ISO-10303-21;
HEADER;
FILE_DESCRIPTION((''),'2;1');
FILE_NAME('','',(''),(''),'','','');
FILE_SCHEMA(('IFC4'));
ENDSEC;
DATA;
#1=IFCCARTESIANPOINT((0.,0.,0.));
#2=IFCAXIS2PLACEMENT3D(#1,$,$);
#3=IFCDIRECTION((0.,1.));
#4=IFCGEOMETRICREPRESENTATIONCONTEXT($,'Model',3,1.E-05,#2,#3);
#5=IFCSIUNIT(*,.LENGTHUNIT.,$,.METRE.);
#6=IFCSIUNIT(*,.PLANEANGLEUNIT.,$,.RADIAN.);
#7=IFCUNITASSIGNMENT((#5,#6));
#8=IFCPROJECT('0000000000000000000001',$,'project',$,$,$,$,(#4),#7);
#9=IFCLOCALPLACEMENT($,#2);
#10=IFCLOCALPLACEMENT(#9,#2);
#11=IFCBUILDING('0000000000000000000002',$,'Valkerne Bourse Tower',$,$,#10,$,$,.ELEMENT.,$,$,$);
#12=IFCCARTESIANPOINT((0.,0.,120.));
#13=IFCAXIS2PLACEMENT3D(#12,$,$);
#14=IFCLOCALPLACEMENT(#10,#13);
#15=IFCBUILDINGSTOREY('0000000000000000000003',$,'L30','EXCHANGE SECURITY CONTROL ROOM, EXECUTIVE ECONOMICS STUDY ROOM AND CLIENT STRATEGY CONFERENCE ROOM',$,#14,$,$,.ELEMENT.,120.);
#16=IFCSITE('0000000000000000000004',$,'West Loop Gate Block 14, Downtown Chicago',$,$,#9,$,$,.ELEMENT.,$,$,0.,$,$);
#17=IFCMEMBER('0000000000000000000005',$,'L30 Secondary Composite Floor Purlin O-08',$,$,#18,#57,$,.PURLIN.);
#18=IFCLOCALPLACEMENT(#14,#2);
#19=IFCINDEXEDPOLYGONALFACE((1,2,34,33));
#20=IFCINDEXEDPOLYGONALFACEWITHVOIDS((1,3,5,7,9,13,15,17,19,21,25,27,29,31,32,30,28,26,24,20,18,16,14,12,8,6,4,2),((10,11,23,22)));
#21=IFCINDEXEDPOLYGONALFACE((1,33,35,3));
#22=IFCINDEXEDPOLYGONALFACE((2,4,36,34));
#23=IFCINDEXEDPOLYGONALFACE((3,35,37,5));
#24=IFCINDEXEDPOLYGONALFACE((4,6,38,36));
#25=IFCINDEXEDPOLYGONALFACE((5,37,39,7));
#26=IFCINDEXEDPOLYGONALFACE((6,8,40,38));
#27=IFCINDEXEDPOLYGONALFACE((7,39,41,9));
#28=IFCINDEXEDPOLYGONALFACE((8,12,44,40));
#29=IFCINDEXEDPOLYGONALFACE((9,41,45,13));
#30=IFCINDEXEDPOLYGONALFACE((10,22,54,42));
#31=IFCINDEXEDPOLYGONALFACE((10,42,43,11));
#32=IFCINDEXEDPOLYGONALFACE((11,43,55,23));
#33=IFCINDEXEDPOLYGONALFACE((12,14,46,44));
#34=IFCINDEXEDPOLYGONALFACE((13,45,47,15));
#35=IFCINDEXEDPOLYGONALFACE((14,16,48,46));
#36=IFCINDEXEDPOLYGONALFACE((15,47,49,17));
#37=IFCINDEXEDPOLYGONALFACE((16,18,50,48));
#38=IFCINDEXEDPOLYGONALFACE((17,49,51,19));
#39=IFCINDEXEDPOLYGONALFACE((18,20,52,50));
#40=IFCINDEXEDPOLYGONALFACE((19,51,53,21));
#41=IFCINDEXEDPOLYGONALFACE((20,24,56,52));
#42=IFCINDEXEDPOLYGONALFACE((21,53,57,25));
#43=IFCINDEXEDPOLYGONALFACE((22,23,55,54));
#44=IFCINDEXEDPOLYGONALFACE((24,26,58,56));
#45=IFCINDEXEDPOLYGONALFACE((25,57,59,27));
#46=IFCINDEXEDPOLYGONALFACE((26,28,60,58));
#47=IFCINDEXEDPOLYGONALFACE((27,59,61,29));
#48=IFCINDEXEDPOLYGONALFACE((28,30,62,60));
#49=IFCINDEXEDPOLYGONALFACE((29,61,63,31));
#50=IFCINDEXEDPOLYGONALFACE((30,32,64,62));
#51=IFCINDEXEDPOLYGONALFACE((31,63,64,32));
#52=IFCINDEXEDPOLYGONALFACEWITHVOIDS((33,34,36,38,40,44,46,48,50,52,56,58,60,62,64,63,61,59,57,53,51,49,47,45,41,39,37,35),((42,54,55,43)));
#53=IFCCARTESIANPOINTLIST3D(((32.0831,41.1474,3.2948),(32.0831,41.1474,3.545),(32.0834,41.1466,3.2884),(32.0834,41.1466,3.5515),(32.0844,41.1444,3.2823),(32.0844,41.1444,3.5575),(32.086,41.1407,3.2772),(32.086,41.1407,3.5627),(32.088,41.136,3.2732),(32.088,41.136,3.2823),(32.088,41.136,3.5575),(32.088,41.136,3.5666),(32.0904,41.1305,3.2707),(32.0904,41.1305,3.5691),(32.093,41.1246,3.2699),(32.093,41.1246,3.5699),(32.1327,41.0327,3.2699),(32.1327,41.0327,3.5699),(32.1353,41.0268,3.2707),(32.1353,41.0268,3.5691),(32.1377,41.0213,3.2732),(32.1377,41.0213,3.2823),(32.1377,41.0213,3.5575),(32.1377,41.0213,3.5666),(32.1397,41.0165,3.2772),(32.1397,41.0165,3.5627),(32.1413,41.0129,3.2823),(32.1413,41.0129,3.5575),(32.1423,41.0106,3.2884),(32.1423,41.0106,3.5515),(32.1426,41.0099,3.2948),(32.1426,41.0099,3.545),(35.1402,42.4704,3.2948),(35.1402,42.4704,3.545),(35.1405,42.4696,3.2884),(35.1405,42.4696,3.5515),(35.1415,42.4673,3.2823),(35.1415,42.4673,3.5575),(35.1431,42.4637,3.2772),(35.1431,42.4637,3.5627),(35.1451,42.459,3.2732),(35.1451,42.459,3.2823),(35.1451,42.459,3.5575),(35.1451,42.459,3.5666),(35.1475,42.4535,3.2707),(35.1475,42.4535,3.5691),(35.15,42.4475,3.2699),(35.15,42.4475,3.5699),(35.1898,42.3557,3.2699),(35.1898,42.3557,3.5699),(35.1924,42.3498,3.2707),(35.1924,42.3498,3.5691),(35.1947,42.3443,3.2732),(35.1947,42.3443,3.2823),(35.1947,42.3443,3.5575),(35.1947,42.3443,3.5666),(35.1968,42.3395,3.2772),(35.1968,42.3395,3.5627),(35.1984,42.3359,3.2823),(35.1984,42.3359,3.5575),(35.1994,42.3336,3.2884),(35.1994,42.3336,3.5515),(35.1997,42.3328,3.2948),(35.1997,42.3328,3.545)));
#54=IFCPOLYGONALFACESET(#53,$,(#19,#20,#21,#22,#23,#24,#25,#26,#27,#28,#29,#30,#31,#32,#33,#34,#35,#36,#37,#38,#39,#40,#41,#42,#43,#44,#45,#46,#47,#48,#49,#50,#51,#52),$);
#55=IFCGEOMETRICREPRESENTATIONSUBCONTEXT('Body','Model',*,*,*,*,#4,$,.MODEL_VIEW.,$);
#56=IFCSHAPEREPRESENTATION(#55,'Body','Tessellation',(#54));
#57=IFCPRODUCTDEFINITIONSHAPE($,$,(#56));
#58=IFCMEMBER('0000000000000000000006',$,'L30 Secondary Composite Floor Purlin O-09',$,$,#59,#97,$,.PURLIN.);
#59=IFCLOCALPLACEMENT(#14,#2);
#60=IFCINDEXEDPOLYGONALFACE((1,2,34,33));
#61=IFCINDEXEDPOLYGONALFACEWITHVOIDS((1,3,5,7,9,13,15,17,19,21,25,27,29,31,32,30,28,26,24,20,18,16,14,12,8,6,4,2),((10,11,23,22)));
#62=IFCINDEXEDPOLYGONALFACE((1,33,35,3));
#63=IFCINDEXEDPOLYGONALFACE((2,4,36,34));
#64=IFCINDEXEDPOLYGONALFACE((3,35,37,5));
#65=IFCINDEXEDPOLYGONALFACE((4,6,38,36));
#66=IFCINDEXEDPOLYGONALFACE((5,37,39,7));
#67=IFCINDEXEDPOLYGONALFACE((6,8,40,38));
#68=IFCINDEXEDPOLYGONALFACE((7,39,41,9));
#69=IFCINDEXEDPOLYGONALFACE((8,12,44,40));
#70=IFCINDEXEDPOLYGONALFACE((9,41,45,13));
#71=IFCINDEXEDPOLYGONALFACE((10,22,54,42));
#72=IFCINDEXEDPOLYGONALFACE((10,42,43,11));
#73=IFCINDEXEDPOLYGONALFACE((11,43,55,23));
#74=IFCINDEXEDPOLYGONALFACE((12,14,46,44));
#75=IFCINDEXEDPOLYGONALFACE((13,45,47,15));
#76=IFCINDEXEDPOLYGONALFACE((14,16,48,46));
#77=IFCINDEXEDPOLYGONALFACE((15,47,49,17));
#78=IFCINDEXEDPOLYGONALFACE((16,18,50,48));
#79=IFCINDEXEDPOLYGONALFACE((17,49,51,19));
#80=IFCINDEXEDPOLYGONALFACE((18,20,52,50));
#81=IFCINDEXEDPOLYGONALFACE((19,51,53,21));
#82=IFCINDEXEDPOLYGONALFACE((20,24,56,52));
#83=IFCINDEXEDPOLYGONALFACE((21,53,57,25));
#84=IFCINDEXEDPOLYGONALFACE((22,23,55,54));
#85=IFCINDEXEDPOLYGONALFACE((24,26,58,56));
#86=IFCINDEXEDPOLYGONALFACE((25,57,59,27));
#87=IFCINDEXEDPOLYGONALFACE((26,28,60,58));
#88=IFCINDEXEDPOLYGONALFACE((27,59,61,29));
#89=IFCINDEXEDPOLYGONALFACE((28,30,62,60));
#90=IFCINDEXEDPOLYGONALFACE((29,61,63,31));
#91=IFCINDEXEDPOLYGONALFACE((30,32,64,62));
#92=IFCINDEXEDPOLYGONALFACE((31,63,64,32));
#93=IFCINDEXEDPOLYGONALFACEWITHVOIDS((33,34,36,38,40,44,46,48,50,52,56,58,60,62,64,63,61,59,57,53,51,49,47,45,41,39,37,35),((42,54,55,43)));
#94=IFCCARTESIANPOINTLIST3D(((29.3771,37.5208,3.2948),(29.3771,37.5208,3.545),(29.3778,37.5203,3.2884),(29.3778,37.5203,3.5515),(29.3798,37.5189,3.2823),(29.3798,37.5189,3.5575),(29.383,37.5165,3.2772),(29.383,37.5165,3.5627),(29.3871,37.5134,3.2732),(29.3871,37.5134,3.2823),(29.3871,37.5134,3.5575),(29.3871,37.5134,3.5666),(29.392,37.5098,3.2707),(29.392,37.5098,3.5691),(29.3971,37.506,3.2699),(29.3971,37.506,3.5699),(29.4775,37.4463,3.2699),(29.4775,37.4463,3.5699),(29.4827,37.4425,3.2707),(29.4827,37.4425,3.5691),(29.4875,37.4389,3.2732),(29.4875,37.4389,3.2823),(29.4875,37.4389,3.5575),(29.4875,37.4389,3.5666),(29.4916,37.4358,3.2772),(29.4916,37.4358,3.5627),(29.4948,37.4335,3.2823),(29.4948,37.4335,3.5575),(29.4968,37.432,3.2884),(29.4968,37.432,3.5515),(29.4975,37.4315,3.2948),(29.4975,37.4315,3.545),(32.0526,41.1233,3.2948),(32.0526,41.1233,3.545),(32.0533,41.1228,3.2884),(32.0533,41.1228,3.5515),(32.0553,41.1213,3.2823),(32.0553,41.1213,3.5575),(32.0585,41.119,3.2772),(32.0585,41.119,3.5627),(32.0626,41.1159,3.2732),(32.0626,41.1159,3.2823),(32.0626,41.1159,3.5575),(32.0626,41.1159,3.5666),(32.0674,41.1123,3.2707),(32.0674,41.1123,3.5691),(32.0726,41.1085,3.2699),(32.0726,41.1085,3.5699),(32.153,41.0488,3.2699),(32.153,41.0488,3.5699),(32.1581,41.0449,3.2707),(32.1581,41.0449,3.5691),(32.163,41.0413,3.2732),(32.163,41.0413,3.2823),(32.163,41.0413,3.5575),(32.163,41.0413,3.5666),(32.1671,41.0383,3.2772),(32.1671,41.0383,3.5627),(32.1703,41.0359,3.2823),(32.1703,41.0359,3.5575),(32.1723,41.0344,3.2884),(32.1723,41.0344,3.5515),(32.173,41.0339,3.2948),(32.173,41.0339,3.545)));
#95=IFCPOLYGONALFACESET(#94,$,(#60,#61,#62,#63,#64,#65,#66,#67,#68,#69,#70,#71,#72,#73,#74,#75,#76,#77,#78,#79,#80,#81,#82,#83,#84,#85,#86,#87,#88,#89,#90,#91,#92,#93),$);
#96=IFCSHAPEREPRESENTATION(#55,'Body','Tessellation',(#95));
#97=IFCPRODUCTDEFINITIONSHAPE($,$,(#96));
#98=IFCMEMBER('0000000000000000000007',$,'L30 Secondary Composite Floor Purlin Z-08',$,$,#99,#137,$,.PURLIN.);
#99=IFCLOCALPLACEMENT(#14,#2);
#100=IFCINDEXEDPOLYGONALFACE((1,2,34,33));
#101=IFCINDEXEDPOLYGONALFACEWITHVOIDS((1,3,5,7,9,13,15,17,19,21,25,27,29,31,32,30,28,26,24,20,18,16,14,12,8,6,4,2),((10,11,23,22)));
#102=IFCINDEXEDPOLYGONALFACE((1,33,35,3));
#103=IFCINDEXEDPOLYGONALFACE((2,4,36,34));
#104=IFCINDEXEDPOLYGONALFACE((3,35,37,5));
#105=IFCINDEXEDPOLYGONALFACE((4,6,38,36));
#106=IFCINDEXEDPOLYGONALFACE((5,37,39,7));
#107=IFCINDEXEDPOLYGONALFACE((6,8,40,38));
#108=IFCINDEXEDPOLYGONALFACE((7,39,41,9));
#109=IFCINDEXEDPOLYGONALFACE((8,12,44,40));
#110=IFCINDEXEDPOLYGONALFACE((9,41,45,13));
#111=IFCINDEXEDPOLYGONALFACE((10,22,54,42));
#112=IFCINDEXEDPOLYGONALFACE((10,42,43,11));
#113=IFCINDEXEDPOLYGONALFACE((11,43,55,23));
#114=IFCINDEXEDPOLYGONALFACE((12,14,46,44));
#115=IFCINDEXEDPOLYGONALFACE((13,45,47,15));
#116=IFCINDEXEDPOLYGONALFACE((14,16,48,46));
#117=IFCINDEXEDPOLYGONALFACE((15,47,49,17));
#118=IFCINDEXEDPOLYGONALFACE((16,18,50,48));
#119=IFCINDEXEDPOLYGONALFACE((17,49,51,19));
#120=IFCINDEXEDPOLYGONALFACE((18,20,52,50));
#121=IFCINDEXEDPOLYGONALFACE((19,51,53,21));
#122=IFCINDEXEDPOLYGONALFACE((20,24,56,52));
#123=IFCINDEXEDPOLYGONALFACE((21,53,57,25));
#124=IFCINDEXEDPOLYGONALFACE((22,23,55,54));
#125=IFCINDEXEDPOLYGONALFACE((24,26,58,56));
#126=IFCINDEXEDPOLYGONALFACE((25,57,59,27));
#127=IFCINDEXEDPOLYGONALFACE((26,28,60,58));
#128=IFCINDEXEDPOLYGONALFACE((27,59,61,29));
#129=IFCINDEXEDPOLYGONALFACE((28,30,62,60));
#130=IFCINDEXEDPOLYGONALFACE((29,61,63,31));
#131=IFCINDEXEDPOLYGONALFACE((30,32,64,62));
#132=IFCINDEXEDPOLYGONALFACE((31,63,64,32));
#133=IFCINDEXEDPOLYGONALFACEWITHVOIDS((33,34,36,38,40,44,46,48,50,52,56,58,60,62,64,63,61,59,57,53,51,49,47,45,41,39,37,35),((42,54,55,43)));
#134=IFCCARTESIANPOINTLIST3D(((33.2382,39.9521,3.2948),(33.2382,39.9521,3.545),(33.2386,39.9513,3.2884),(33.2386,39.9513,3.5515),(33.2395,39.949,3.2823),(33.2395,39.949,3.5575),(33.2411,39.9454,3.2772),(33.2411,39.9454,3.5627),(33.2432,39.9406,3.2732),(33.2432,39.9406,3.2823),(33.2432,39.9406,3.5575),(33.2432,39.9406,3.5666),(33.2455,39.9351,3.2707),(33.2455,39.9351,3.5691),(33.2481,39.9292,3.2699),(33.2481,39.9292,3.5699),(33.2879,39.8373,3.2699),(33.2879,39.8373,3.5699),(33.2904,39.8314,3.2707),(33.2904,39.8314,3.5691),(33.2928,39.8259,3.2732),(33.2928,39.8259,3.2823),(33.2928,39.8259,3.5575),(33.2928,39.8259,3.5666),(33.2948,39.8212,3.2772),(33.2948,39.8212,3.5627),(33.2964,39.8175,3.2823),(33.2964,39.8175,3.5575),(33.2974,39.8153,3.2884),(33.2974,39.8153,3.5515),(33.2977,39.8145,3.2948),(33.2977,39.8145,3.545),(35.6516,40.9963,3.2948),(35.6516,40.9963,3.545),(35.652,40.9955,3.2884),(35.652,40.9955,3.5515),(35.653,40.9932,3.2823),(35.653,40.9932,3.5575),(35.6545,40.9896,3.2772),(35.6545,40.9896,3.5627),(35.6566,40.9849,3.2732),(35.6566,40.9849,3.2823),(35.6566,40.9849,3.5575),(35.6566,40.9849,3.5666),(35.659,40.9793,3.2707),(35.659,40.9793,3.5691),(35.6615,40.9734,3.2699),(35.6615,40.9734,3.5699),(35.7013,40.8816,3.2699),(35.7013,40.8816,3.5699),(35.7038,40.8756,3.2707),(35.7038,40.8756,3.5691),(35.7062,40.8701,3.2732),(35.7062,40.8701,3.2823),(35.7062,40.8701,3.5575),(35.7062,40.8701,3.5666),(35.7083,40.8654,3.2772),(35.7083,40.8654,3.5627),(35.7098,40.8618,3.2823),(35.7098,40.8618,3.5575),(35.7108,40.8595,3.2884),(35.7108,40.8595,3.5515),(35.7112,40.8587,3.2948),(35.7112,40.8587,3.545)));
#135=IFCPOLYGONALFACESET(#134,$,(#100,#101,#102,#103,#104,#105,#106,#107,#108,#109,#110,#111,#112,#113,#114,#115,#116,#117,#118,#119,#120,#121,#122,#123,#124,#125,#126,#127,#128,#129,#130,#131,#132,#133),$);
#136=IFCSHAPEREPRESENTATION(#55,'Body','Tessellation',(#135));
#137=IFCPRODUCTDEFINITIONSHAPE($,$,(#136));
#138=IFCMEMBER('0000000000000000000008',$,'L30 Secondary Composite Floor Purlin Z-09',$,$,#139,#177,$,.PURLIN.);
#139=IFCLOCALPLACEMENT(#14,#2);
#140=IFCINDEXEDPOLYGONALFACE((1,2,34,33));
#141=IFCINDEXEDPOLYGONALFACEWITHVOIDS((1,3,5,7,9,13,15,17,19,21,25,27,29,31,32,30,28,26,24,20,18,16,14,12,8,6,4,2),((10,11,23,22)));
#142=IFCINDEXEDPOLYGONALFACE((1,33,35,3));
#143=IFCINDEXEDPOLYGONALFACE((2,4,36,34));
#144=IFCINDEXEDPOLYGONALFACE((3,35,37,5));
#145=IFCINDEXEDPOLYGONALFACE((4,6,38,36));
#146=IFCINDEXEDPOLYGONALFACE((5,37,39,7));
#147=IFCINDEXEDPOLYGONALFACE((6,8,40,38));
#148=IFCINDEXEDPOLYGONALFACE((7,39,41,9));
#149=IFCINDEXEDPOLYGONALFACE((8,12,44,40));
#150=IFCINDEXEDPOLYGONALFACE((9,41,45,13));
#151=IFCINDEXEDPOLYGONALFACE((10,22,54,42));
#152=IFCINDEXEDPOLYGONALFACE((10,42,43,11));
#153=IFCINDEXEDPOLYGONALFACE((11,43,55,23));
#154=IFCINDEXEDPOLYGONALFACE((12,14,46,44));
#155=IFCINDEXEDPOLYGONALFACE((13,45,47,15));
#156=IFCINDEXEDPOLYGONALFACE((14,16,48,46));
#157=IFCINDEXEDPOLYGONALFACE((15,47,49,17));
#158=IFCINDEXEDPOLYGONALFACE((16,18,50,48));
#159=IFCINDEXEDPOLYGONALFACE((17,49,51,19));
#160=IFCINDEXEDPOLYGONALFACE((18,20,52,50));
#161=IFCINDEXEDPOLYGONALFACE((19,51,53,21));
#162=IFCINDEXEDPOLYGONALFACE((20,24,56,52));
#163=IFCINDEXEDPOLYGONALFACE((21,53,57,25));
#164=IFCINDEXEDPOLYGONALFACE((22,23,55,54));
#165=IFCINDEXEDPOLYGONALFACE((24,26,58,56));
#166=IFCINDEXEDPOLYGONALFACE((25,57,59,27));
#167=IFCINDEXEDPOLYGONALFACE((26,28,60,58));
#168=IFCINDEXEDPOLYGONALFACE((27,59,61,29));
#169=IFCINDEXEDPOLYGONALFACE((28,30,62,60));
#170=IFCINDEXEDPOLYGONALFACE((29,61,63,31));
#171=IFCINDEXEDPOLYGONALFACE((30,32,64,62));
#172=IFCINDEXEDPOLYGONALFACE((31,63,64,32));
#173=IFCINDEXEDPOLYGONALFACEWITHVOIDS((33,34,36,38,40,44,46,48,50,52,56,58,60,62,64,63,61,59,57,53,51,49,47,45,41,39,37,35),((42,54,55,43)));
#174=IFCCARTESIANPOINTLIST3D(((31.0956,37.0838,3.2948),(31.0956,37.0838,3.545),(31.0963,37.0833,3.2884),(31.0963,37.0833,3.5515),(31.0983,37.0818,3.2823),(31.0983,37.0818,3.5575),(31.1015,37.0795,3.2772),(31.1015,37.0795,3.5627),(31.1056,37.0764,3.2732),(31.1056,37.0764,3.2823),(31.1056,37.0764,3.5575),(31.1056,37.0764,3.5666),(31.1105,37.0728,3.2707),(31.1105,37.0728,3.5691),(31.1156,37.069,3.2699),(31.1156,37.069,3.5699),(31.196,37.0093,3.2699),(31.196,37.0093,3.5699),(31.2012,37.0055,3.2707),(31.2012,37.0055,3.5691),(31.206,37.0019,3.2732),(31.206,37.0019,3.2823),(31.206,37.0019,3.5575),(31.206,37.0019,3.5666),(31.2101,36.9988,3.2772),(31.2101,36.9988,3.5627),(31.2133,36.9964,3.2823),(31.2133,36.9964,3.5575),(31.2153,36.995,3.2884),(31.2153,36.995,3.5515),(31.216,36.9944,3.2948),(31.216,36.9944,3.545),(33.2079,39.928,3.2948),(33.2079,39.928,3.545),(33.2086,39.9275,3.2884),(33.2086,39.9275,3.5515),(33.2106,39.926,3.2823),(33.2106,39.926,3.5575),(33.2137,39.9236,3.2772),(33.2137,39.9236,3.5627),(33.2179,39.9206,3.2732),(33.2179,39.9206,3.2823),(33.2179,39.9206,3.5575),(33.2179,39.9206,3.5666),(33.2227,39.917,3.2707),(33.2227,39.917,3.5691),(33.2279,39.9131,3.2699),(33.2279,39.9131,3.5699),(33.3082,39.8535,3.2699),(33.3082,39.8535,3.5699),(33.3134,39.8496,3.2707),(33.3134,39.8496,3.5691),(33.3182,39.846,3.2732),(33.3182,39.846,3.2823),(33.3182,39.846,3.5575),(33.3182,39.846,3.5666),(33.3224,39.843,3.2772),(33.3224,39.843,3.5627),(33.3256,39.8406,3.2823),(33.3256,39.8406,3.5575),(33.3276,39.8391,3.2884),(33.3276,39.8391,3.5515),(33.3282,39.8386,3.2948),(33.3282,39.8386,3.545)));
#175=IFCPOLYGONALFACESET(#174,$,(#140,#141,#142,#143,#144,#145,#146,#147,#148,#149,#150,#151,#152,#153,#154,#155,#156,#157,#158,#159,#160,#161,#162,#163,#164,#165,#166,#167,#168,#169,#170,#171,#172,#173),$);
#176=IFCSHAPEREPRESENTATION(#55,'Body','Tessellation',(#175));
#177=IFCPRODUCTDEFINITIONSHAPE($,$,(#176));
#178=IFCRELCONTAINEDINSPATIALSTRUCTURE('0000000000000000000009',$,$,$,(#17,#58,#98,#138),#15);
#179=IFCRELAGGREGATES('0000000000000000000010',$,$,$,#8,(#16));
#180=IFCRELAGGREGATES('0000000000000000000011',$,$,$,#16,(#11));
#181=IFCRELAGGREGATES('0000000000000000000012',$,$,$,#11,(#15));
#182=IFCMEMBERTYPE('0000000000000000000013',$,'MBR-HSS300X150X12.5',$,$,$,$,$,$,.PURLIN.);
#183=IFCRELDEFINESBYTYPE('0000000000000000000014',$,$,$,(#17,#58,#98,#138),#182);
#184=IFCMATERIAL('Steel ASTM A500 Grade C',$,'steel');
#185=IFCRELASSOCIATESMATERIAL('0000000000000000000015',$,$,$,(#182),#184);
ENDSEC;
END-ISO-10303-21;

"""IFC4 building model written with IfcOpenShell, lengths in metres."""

from ifc_helpers import new_model, si_unit, direction, frame, origin, origin_2d, place, context, subcontext, project, spatial, hollow_rectangle, extrude, material, material_profile, profile_set, type_object, element, save


model = new_model("IFC4")

# Units and contexts
model_context = context("Model", 3, precision=1e-05, world=origin(), true_north=direction((0.0, 1.0)))
body_context = subcontext(model_context, "Body", "Model", "MODEL_VIEW")
ifc_project = project(units=[si_unit("LENGTHUNIT", "METRE"), si_unit("PLANEANGLEUNIT", "RADIAN")], contexts=[model_context])

# Site, building, storey
site_placement = place(None, origin())
site = spatial("IfcSite", under=ifc_project, at=site_placement, Name="West Loop Gate Block 14, Downtown Chicago", CompositionType="ELEMENT", RefElevation=0.0)
building_placement = place(site_placement, origin())
building = spatial("IfcBuilding", under=site, at=building_placement, Name="Valkerne Bourse Tower", CompositionType="ELEMENT")
storey_placement = place(building_placement, frame((0.0, 0.0, 120.0)))
storey = spatial("IfcBuildingStorey", under=building, at=storey_placement, Name="L30", Description="EXCHANGE SECURITY CONTROL ROOM, EXECUTIVE ECONOMICS STUDY ROOM AND CLIENT STRATEGY CONFERENCE ROOM", CompositionType="ELEMENT", Elevation=120.0)

# Members
ifc_material_1 = material(Name="Steel ASTM A500 Grade C", Category="steel")
ifc_material_profile_1 = material_profile(ifc_material_1, hollow_rectangle(XDim=0.1499, YDim=0.3, WallThickness=0.0125, OuterFilletRadius=0.0249, at=origin_2d()), Name="HSS300X150X12.5")
ifc_profile_set_1 = profile_set([ifc_material_profile_1], Name="Steel ASTM A500 Grade C")
member_type_1 = type_object("IfcMemberType", Name="MBR-HSS300X150X12.5", PredefinedType="PURLIN", material=ifc_profile_set_1)
member_1_placement = place(storey_placement, frame((35.1699, 42.4016, 3.4199), z_axis=(-0.917748, -0.397163, 0.0), x_axis=(0.397163, -0.917748, 0.0)))
element("IfcMember", 1, at=member_1_placement, inside=storey, type_object=member_type_1, Name="L30 Secondary Composite Floor Purlin O-08", PredefinedType="PURLIN", context=body_context, shape_type="SweptSolid", body=[
    extrude(hollow_rectangle(XDim=0.1499, YDim=0.3, WallThickness=0.0125, OuterFilletRadius=0.0249, at=origin_2d()), origin(), (0.0, 0.0, 1.0), 3.3311),
])
member_2_placement = place(storey_placement, frame((32.1128, 41.0786, 3.4199), z_axis=(-0.596233, -0.802812, 0.0), x_axis=(0.802812, -0.596233, 0.0)))
element("IfcMember", 2, at=member_2_placement, inside=storey, type_object=member_type_1, Name="L30 Secondary Composite Floor Purlin O-09", PredefinedType="PURLIN", context=body_context, shape_type="SweptSolid", body=[
    extrude(hollow_rectangle(XDim=0.1499, YDim=0.3, WallThickness=0.0125, OuterFilletRadius=0.0249, at=origin_2d()), origin(), (0.0, 0.0, 1.0), 4.4873),
])
member_3_placement = place(storey_placement, frame((35.6814, 40.9275, 3.4199), z_axis=(-0.917776, -0.397099, 0.0), x_axis=(0.397099, -0.917776, 0.0)))
element("IfcMember", 3, at=member_3_placement, inside=storey, type_object=member_type_1, Name="L30 Secondary Composite Floor Purlin Z-08", PredefinedType="PURLIN", context=body_context, shape_type="SweptSolid", body=[
    extrude(hollow_rectangle(XDim=0.1499, YDim=0.3, WallThickness=0.0125, OuterFilletRadius=0.0249, at=origin_2d()), origin(), (0.0, 0.0, 1.0), 2.6296),
])
member_4_placement = place(storey_placement, frame((33.2681, 39.8833, 3.4199), z_axis=(-0.596222, -0.802819, 0.0), x_axis=(0.802819, -0.596222, 0.0)))
element("IfcMember", 4, at=member_4_placement, inside=storey, type_object=member_type_1, Name="L30 Secondary Composite Floor Purlin Z-09", PredefinedType="PURLIN", context=body_context, shape_type="SweptSolid", body=[
    extrude(hollow_rectangle(XDim=0.1499, YDim=0.3, WallThickness=0.0125, OuterFilletRadius=0.0249, at=origin_2d()), origin(), (0.0, 0.0, 1.0), 3.5427),
])

save(model, "model.ifc")
